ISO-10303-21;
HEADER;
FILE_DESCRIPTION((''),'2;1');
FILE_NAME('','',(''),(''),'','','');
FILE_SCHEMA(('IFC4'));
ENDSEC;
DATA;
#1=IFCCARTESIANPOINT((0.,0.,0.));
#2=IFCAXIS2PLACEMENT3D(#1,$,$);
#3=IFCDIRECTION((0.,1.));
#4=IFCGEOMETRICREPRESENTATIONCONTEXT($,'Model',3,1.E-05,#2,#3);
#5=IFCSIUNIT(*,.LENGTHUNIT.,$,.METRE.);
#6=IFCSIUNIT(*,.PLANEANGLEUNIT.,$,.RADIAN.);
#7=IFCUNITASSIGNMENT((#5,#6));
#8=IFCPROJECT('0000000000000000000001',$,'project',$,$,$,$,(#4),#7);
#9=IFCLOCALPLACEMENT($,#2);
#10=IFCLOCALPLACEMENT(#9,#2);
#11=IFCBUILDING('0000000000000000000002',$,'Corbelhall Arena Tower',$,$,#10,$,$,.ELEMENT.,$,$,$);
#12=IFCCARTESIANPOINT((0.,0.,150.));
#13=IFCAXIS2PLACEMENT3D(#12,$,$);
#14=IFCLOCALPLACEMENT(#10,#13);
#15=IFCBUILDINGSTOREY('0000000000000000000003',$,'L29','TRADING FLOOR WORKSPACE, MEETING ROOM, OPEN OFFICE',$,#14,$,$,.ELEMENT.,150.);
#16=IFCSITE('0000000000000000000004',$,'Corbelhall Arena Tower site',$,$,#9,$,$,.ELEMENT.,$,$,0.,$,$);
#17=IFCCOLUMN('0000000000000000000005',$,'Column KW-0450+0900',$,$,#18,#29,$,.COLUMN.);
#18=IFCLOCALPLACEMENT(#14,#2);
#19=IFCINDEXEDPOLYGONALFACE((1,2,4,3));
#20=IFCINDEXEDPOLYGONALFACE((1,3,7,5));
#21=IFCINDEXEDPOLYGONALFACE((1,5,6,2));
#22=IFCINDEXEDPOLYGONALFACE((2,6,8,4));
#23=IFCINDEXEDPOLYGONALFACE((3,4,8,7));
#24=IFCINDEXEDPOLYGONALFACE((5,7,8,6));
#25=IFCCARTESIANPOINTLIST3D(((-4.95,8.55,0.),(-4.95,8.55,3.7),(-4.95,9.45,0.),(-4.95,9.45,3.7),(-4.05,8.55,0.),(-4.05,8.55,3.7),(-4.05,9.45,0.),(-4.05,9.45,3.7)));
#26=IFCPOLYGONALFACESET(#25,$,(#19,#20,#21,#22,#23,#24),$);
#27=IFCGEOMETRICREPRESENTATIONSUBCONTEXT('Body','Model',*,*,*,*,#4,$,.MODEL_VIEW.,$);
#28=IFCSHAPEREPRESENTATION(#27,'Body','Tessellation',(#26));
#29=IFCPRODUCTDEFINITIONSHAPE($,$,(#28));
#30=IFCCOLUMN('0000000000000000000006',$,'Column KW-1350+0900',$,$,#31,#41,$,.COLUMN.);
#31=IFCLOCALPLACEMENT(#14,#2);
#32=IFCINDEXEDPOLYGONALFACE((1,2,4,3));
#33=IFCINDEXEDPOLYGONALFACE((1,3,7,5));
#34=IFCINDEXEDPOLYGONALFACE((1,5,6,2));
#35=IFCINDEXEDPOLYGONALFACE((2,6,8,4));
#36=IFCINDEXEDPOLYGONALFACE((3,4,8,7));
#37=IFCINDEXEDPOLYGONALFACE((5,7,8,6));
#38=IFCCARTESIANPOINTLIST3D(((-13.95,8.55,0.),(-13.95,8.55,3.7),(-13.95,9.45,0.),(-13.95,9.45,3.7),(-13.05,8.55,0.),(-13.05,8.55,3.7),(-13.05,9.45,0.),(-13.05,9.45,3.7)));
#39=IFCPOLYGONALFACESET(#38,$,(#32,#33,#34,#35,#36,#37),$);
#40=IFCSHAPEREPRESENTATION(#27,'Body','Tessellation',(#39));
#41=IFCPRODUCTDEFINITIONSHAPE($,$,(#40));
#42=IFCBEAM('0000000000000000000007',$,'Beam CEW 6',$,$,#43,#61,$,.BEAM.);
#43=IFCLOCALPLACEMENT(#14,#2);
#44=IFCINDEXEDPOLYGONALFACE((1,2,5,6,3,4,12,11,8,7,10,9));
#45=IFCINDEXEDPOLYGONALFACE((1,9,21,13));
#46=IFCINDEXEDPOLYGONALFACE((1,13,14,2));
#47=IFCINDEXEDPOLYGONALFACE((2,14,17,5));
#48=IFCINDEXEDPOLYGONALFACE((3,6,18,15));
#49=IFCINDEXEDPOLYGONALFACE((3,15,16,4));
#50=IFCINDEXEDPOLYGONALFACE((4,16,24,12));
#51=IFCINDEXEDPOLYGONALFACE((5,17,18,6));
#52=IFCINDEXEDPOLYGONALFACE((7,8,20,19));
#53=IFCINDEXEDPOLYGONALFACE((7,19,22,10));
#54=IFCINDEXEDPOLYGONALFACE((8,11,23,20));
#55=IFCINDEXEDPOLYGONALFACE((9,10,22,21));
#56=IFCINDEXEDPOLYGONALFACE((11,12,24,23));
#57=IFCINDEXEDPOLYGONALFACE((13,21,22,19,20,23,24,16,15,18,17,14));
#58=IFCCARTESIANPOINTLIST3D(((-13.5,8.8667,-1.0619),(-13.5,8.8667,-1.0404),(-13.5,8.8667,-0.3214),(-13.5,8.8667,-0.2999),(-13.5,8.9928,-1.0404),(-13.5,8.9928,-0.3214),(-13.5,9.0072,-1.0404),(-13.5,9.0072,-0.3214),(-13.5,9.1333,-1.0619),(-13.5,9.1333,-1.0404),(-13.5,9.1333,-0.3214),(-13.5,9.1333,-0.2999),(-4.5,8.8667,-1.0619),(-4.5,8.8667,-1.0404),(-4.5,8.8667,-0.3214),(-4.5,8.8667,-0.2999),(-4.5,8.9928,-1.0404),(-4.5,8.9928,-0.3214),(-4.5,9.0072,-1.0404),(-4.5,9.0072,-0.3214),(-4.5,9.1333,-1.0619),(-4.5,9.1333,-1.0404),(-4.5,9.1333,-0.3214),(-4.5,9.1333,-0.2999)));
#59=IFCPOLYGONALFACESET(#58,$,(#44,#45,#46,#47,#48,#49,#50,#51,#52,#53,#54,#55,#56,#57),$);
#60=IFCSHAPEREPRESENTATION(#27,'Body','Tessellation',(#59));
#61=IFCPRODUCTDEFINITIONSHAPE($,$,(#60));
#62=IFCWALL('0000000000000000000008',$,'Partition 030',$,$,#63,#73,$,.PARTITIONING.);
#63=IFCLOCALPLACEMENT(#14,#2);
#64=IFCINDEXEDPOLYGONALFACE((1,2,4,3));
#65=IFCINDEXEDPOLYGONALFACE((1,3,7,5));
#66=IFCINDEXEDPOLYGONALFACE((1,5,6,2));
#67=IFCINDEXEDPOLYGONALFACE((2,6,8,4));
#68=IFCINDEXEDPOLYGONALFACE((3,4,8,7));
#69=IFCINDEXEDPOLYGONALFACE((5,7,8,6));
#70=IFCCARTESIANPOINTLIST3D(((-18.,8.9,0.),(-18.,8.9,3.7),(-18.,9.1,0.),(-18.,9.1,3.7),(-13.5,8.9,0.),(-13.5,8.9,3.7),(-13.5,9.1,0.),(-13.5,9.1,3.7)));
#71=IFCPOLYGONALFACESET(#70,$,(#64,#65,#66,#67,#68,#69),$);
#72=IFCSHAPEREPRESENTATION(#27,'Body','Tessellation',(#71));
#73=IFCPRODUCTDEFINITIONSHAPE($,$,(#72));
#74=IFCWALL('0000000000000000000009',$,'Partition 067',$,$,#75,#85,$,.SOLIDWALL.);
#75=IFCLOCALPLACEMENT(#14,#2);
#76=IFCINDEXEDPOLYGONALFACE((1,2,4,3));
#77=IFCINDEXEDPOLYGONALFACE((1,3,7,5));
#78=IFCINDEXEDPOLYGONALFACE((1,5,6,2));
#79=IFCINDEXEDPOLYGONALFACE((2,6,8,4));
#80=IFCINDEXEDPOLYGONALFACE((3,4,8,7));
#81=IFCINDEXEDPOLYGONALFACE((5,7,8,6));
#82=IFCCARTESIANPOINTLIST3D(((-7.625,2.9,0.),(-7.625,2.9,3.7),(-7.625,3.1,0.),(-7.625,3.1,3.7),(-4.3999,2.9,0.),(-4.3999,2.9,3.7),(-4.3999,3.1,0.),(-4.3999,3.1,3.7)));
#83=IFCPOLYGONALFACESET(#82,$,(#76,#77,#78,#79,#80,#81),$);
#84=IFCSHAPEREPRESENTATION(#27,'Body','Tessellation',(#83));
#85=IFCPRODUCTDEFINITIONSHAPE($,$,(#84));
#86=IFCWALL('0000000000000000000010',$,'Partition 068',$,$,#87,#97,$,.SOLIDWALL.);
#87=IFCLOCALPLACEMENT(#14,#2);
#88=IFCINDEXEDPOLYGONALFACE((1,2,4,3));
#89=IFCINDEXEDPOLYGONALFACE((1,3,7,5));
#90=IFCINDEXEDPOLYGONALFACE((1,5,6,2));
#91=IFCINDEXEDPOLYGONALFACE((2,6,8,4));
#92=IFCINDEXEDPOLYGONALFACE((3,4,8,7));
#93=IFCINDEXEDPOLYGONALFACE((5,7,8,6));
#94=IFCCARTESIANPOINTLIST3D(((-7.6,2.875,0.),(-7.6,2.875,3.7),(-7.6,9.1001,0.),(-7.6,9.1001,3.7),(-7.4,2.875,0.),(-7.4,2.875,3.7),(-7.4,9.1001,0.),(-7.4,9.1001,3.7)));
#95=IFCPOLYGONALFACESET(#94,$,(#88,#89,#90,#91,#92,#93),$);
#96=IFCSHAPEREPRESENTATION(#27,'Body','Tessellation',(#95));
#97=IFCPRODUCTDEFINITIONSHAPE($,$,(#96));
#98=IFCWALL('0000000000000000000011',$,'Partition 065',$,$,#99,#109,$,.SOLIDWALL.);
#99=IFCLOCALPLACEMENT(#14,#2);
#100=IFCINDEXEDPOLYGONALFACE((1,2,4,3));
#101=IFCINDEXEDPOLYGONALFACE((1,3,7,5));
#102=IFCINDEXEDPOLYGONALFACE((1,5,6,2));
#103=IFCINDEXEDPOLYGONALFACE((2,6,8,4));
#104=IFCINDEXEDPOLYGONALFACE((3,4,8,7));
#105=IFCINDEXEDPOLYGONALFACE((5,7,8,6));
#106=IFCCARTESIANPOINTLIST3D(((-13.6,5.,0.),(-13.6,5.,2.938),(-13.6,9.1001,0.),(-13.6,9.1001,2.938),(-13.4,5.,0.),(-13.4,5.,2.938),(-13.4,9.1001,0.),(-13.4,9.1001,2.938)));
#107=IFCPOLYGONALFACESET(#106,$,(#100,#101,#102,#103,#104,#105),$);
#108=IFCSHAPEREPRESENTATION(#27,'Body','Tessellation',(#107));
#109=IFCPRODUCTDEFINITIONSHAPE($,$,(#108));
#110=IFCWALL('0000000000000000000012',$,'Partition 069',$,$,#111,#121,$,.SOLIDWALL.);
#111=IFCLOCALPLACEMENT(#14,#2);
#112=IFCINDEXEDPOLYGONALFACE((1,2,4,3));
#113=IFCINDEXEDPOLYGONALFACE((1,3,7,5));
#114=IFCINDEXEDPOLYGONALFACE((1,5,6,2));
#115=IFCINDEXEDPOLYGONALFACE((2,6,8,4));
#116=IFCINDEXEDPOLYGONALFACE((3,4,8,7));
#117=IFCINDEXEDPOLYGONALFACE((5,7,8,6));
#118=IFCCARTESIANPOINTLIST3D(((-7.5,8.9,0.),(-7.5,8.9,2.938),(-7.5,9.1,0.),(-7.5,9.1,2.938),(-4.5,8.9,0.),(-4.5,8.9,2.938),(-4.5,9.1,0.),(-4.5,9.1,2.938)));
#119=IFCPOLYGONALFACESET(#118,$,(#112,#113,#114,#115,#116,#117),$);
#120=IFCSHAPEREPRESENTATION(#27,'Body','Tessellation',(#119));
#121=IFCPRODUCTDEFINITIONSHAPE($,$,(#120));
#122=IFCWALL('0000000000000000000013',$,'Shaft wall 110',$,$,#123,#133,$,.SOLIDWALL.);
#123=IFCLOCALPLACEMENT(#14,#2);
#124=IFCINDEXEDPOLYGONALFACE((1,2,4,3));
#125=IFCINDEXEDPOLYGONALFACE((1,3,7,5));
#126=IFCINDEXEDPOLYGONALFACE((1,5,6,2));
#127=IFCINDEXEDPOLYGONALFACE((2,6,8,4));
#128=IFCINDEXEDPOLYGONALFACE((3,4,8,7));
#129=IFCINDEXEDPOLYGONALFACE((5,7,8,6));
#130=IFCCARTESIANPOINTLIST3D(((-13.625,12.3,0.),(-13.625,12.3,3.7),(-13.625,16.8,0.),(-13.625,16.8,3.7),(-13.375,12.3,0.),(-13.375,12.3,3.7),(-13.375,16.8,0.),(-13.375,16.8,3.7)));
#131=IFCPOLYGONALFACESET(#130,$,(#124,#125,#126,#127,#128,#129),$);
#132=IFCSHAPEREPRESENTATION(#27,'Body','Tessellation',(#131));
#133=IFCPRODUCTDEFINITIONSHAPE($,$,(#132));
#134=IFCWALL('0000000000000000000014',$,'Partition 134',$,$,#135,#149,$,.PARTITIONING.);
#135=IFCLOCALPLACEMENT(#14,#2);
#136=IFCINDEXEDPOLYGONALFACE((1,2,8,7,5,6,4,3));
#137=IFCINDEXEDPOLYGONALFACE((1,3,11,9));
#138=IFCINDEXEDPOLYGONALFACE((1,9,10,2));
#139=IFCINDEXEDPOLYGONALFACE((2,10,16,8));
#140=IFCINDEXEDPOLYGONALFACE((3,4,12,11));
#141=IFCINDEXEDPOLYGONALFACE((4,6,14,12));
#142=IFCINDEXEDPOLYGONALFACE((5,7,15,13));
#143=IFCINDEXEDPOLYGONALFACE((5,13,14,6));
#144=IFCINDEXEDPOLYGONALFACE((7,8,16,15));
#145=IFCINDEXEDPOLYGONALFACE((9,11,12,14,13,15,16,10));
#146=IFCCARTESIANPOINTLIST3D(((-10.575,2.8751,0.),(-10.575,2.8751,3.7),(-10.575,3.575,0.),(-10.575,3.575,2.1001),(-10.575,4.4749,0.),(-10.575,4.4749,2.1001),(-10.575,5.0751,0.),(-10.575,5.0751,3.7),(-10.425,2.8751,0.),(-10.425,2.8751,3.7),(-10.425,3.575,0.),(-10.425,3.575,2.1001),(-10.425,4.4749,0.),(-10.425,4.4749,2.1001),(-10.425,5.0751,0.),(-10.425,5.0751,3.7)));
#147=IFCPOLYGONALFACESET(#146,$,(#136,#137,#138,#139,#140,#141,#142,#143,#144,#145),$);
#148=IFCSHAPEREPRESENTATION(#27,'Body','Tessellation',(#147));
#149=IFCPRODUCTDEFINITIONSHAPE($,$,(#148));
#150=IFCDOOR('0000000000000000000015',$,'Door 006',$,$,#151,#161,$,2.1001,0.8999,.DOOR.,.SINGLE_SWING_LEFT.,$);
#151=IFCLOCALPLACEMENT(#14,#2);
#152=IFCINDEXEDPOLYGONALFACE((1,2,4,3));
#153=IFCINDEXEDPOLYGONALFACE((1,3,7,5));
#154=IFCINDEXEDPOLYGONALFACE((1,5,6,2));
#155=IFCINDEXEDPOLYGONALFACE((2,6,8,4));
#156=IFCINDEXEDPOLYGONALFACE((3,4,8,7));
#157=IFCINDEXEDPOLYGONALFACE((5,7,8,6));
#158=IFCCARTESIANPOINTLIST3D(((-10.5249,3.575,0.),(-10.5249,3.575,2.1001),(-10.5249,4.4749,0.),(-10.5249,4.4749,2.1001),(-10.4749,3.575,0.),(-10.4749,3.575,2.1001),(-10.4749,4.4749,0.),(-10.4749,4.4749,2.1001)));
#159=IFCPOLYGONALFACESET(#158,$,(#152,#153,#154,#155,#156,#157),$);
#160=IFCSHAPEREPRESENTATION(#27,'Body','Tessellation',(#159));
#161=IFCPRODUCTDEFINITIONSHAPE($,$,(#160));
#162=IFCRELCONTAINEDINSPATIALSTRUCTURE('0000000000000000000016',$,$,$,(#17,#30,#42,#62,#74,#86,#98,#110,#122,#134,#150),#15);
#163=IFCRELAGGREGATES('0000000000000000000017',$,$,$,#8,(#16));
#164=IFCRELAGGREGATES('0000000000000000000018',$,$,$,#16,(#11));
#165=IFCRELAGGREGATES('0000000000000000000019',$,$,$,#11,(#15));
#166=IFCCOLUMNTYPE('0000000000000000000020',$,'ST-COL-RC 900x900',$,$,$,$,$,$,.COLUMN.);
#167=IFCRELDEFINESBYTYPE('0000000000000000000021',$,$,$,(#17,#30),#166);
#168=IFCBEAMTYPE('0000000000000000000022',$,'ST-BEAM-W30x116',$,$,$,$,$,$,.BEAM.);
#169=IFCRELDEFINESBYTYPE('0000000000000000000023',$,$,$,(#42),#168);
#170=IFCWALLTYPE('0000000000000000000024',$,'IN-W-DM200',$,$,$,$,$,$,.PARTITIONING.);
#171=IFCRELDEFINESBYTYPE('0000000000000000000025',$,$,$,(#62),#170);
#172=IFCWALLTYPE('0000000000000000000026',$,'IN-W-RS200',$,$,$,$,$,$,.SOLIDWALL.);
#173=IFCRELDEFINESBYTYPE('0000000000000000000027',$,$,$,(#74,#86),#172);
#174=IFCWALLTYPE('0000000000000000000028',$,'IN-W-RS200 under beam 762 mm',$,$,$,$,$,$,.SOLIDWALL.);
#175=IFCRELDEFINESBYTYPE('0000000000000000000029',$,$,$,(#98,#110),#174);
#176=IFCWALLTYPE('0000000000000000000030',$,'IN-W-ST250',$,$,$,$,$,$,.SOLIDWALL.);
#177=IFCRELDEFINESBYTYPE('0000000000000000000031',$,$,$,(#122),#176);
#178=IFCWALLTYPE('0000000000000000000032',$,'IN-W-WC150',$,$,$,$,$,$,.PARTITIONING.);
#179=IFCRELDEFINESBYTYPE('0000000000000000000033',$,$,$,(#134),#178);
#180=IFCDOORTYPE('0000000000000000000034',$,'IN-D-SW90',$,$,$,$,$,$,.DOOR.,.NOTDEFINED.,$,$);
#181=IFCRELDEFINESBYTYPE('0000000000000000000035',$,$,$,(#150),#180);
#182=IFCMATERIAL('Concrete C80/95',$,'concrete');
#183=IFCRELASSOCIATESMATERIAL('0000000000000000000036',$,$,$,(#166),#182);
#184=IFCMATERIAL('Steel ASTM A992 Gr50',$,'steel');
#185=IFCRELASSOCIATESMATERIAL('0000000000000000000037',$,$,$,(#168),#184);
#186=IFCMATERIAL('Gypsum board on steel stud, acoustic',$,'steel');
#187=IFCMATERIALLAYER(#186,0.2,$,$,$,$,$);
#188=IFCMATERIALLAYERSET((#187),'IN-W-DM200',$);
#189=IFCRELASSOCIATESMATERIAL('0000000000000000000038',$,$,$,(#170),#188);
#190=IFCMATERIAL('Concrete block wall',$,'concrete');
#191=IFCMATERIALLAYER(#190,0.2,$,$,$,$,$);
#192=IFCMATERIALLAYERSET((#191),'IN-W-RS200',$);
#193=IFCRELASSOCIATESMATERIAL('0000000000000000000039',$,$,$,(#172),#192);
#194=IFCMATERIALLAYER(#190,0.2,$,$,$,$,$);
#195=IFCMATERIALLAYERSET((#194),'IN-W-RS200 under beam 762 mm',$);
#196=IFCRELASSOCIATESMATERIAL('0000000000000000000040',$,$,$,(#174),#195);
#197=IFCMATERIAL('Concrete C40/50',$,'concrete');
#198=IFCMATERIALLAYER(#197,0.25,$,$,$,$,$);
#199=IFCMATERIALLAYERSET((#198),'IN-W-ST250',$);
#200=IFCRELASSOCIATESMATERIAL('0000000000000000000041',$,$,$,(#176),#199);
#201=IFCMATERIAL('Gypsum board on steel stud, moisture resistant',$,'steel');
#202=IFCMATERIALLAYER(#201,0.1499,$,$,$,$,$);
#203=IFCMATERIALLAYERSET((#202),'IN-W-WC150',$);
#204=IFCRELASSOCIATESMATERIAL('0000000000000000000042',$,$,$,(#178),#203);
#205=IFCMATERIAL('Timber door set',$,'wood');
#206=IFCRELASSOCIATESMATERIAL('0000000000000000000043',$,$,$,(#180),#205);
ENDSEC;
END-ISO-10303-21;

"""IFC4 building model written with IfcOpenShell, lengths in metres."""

from ifc_helpers import new_model, si_unit, direction, frame, frame_2d, origin, origin_2d, place, context, subcontext, project, spatial, rectangle, i_section, extrude, material, layer, layer_set, material_profile, profile_set, type_object, element, fill, save


model = new_model("IFC4")

# Units and contexts
model_context = context("Model", 3, precision=1e-05, world=origin(), true_north=direction((0.0, 1.0)))
body_context = subcontext(model_context, "Body", "Model", "MODEL_VIEW")
ifc_project = project(units=[si_unit("LENGTHUNIT", "METRE"), si_unit("PLANEANGLEUNIT", "RADIAN")], contexts=[model_context])

# Site, building, storey
site_placement = place(None, origin())
site = spatial("IfcSite", under=ifc_project, at=site_placement, Name="Corbelhall Arena Tower site", CompositionType="ELEMENT", RefElevation=0.0)
building_placement = place(site_placement, origin())
building = spatial("IfcBuilding", under=site, at=building_placement, Name="Corbelhall Arena Tower", CompositionType="ELEMENT")
storey_placement = place(building_placement, frame((0.0, 0.0, 150.0)))
storey = spatial("IfcBuildingStorey", under=building, at=storey_placement, Name="L29", Description="TRADING FLOOR WORKSPACE, MEETING ROOM, OPEN OFFICE", CompositionType="ELEMENT", Elevation=150.0)

# Columns
ifc_material_1 = material(Name="Concrete C80/95", Category="concrete")
ifc_material_profile_1 = material_profile(ifc_material_1, rectangle(XDim=0.8999, YDim=0.8999, at=origin_2d()))
ifc_profile_set_1 = profile_set([ifc_material_profile_1], Name="Concrete C80/95")
column_type = type_object("IfcColumnType", Name="ST-COL-RC 900x900", PredefinedType="COLUMN", material=ifc_profile_set_1)
for number, where, z_axis, x_axis, name in (
    (1, (-4.5, 9.0, 0.0), (0.0, 0.0, 1.0), (1.0, 0.0, 0.0), "Column KW-0450+0900"),
    (2, (-13.5, 9.0, 0.0), (0.0, 0.0, 1.0), (1.0, 0.0, 0.0), "Column KW-1350+0900"),
):
    element("IfcColumn", number, at=place(storey_placement, frame(where, z_axis=z_axis, x_axis=x_axis)), inside=storey, type_object=column_type, Name=name, PredefinedType="COLUMN", context=body_context, shape_type="SweptSolid", body=[
        extrude(rectangle(XDim=0.8999, YDim=0.8999, at=origin_2d()), origin(), (0.0, 0.0, 1.0), 3.7),
    ])

# Beam
ifc_material_2 = material(Name="Steel ASTM A992 Gr50", Category="steel")
ifc_material_profile_2 = material_profile(ifc_material_2, i_section(OverallWidth=0.2666, OverallDepth=0.762, WebThickness=0.0144, FlangeThickness=0.0215, at=origin_2d()))
ifc_profile_set_2 = profile_set([ifc_material_profile_2], Name="Steel ASTM A992 Gr50")
beam_type = type_object("IfcBeamType", Name="ST-BEAM-W30x116", PredefinedType="BEAM", material=ifc_profile_set_2)
beam_placement = place(storey_placement, frame((-13.5, 9.0, -0.6809), z_axis=(1.0, 0.0, 0.0), x_axis=(0.0, 1.0, 0.0)))
element("IfcBeam", 3, at=beam_placement, inside=storey, type_object=beam_type, Name="Beam CEW 6", PredefinedType="BEAM", context=body_context, shape_type="SweptSolid", body=[
    extrude(i_section(OverallWidth=0.2666, OverallDepth=0.762, WebThickness=0.0144, FlangeThickness=0.0215, at=origin_2d()), origin(), (0.0, 0.0, 1.0), 9.0),
])

# Wall
ifc_material_3 = material(Name="Gypsum board on steel stud, acoustic", Category="steel")
ifc_layer_1 = layer(ifc_material_3, 0.2)
ifc_layer_set_1 = layer_set([ifc_layer_1], Name="IN-W-DM200")
wall_type_1 = type_object("IfcWallType", Name="IN-W-DM200", PredefinedType="PARTITIONING", material=ifc_layer_set_1)
wall_1_placement = place(storey_placement, frame((-13.5, 9.0, 0.0), z_axis=(0.0, 0.0, 1.0), x_axis=(-1.0, 0.0, 0.0)))
element("IfcWall", 4, at=wall_1_placement, inside=storey, type_object=wall_type_1, Name="Partition 030", PredefinedType="PARTITIONING", context=body_context, shape_type="SweptSolid", body=[
    extrude(rectangle(XDim=4.5, YDim=0.2, at=frame_2d((2.25, 0.0))), origin(), (0.0, 0.0, 1.0), 3.7),
])

# Shared definitions
ifc_material_4 = material(Name="Concrete block wall", Category="concrete")
ifc_layer_2 = layer(ifc_material_4, 0.2)
ifc_layer_set_2 = layer_set([ifc_layer_2], Name="IN-W-RS200")
wall_type_2 = type_object("IfcWallType", Name="IN-W-RS200", PredefinedType="SOLIDWALL", material=ifc_layer_set_2)

# Walls
wall_2_placement = place(storey_placement, frame((-7.625, 3.0, 0.0), z_axis=(0.0, 0.0, 1.0), x_axis=(1.0, 0.0, 0.0)))
element("IfcWall", 5, at=wall_2_placement, inside=storey, type_object=wall_type_2, Name="Partition 067", PredefinedType="SOLIDWALL", context=body_context, shape_type="SweptSolid", body=[
    extrude(rectangle(XDim=3.2251, YDim=0.2, at=frame_2d((1.6125, 0.0))), origin(), (0.0, 0.0, 1.0), 3.7),
])
wall_3_placement = place(storey_placement, frame((-7.5, 2.875, 0.0), z_axis=(0.0, 0.0, 1.0), x_axis=(0.0, 1.0, 0.0)))
element("IfcWall", 6, at=wall_3_placement, inside=storey, type_object=wall_type_2, Name="Partition 068", PredefinedType="SOLIDWALL", context=body_context, shape_type="SweptSolid", body=[
    extrude(rectangle(XDim=6.2251, YDim=0.2, at=frame_2d((3.1125, 0.0))), origin(), (0.0, 0.0, 1.0), 3.7),
])
ifc_layer_3 = layer(ifc_material_4, 0.2)
ifc_layer_set_3 = layer_set([ifc_layer_3], Name="IN-W-RS200 under beam 762 mm")
wall_type_3 = type_object("IfcWallType", Name="IN-W-RS200 under beam 762 mm", PredefinedType="SOLIDWALL", material=ifc_layer_set_3)
wall_4_placement = place(storey_placement, frame((-13.5, 5.0, 0.0), z_axis=(0.0, 0.0, 1.0), x_axis=(0.0, 1.0, 0.0)))
element("IfcWall", 7, at=wall_4_placement, inside=storey, type_object=wall_type_3, Name="Partition 065", PredefinedType="SOLIDWALL", context=body_context, shape_type="SweptSolid", body=[
    extrude(rectangle(XDim=4.1001, YDim=0.2, at=frame_2d((2.05, 0.0))), origin(), (0.0, 0.0, 1.0), 2.938),
])
wall_5_placement = place(storey_placement, frame((-7.5, 9.0, 0.0), z_axis=(0.0, 0.0, 1.0), x_axis=(1.0, 0.0, 0.0)))
element("IfcWall", 8, at=wall_5_placement, inside=storey, type_object=wall_type_3, Name="Partition 069", PredefinedType="SOLIDWALL", context=body_context, shape_type="SweptSolid", body=[
    extrude(rectangle(XDim=3.0, YDim=0.2, at=frame_2d((1.5, 0.0))), origin(), (0.0, 0.0, 1.0), 2.938),
])

# Wall
ifc_material_5 = material(Name="Concrete C40/50", Category="concrete")
ifc_layer_4 = layer(ifc_material_5, 0.25)
ifc_layer_set_4 = layer_set([ifc_layer_4], Name="IN-W-ST250")
wall_type_4 = type_object("IfcWallType", Name="IN-W-ST250", PredefinedType="SOLIDWALL", material=ifc_layer_set_4)
wall_6_placement = place(storey_placement, frame((-13.5, 12.3, 0.0), z_axis=(0.0, 0.0, 1.0), x_axis=(0.0, 1.0, 0.0)))
element("IfcWall", 9, at=wall_6_placement, inside=storey, type_object=wall_type_4, Name="Shaft wall 110", PredefinedType="SOLIDWALL", context=body_context, shape_type="SweptSolid", body=[
    extrude(rectangle(XDim=4.5, YDim=0.25, at=frame_2d((2.25, 0.0))), origin(), (0.0, 0.0, 1.0), 3.7),
])

# Wall, opening, door
ifc_material_6 = material(Name="Gypsum board on steel stud, moisture resistant", Category="steel")
ifc_layer_5 = layer(ifc_material_6, 0.1499)
ifc_layer_set_5 = layer_set([ifc_layer_5], Name="IN-W-WC150")
wall_type_5 = type_object("IfcWallType", Name="IN-W-WC150", PredefinedType="PARTITIONING", material=ifc_layer_set_5)
wall_7_placement = place(storey_placement, frame((-10.5, 2.875, 0.0), z_axis=(0.0, 0.0, 1.0), x_axis=(0.0, 1.0, 0.0)))
wall_7 = element("IfcWall", 10, at=wall_7_placement, inside=storey, type_object=wall_type_5, Name="Partition 134", PredefinedType="PARTITIONING", context=body_context, shape_type="SweptSolid", body=[
    extrude(rectangle(XDim=2.2, YDim=0.1499, at=frame_2d((1.1001, 0.0))), origin(), (0.0, 0.0, 1.0), 3.7),
])
opening_1_placement = place(wall_7_placement, frame((0.7, 0.0, 0.0)))
opening_1 = element("IfcOpeningElement", 11, at=opening_1_placement, cuts=wall_7, PredefinedType="OPENING", context=body_context, shape_type="SweptSolid", body=[
    extrude(rectangle(XDim=0.8999, YDim=2.1001, at=frame_2d((0.45, 1.05))), frame((0.0, 0.075, 0.0), z_axis=(0.0, -1.0, 0.0), x_axis=(1.0, 0.0, 0.0)), (0.0, 0.0, 1.0), 0.1499),
])
ifc_material_7 = material(Name="Timber door set", Category="wood")
door_type_1 = type_object("IfcDoorType", Name="IN-D-SW90", OperationType="NOTDEFINED", PredefinedType="DOOR", material=ifc_material_7)
door_1_placement = place(opening_1_placement, origin())
door_1 = element("IfcDoor", 12, at=door_1_placement, inside=storey, type_object=door_type_1, Name="Door 006", OperationType="SINGLE_SWING_LEFT", OverallHeight=2.1001, OverallWidth=0.8999, PredefinedType="DOOR", context=body_context, shape_type="SweptSolid", body=[
    extrude(rectangle(XDim=0.8999, YDim=2.1001, at=frame_2d((0.45, 1.05))), frame((0.0, 0.0249, 0.0), z_axis=(0.0, -1.0, 0.0), x_axis=(1.0, 0.0, 0.0)), (0.0, 0.0, 1.0), 0.05),
])
fill(opening_1, door_1)

save(model, "model.ifc")
